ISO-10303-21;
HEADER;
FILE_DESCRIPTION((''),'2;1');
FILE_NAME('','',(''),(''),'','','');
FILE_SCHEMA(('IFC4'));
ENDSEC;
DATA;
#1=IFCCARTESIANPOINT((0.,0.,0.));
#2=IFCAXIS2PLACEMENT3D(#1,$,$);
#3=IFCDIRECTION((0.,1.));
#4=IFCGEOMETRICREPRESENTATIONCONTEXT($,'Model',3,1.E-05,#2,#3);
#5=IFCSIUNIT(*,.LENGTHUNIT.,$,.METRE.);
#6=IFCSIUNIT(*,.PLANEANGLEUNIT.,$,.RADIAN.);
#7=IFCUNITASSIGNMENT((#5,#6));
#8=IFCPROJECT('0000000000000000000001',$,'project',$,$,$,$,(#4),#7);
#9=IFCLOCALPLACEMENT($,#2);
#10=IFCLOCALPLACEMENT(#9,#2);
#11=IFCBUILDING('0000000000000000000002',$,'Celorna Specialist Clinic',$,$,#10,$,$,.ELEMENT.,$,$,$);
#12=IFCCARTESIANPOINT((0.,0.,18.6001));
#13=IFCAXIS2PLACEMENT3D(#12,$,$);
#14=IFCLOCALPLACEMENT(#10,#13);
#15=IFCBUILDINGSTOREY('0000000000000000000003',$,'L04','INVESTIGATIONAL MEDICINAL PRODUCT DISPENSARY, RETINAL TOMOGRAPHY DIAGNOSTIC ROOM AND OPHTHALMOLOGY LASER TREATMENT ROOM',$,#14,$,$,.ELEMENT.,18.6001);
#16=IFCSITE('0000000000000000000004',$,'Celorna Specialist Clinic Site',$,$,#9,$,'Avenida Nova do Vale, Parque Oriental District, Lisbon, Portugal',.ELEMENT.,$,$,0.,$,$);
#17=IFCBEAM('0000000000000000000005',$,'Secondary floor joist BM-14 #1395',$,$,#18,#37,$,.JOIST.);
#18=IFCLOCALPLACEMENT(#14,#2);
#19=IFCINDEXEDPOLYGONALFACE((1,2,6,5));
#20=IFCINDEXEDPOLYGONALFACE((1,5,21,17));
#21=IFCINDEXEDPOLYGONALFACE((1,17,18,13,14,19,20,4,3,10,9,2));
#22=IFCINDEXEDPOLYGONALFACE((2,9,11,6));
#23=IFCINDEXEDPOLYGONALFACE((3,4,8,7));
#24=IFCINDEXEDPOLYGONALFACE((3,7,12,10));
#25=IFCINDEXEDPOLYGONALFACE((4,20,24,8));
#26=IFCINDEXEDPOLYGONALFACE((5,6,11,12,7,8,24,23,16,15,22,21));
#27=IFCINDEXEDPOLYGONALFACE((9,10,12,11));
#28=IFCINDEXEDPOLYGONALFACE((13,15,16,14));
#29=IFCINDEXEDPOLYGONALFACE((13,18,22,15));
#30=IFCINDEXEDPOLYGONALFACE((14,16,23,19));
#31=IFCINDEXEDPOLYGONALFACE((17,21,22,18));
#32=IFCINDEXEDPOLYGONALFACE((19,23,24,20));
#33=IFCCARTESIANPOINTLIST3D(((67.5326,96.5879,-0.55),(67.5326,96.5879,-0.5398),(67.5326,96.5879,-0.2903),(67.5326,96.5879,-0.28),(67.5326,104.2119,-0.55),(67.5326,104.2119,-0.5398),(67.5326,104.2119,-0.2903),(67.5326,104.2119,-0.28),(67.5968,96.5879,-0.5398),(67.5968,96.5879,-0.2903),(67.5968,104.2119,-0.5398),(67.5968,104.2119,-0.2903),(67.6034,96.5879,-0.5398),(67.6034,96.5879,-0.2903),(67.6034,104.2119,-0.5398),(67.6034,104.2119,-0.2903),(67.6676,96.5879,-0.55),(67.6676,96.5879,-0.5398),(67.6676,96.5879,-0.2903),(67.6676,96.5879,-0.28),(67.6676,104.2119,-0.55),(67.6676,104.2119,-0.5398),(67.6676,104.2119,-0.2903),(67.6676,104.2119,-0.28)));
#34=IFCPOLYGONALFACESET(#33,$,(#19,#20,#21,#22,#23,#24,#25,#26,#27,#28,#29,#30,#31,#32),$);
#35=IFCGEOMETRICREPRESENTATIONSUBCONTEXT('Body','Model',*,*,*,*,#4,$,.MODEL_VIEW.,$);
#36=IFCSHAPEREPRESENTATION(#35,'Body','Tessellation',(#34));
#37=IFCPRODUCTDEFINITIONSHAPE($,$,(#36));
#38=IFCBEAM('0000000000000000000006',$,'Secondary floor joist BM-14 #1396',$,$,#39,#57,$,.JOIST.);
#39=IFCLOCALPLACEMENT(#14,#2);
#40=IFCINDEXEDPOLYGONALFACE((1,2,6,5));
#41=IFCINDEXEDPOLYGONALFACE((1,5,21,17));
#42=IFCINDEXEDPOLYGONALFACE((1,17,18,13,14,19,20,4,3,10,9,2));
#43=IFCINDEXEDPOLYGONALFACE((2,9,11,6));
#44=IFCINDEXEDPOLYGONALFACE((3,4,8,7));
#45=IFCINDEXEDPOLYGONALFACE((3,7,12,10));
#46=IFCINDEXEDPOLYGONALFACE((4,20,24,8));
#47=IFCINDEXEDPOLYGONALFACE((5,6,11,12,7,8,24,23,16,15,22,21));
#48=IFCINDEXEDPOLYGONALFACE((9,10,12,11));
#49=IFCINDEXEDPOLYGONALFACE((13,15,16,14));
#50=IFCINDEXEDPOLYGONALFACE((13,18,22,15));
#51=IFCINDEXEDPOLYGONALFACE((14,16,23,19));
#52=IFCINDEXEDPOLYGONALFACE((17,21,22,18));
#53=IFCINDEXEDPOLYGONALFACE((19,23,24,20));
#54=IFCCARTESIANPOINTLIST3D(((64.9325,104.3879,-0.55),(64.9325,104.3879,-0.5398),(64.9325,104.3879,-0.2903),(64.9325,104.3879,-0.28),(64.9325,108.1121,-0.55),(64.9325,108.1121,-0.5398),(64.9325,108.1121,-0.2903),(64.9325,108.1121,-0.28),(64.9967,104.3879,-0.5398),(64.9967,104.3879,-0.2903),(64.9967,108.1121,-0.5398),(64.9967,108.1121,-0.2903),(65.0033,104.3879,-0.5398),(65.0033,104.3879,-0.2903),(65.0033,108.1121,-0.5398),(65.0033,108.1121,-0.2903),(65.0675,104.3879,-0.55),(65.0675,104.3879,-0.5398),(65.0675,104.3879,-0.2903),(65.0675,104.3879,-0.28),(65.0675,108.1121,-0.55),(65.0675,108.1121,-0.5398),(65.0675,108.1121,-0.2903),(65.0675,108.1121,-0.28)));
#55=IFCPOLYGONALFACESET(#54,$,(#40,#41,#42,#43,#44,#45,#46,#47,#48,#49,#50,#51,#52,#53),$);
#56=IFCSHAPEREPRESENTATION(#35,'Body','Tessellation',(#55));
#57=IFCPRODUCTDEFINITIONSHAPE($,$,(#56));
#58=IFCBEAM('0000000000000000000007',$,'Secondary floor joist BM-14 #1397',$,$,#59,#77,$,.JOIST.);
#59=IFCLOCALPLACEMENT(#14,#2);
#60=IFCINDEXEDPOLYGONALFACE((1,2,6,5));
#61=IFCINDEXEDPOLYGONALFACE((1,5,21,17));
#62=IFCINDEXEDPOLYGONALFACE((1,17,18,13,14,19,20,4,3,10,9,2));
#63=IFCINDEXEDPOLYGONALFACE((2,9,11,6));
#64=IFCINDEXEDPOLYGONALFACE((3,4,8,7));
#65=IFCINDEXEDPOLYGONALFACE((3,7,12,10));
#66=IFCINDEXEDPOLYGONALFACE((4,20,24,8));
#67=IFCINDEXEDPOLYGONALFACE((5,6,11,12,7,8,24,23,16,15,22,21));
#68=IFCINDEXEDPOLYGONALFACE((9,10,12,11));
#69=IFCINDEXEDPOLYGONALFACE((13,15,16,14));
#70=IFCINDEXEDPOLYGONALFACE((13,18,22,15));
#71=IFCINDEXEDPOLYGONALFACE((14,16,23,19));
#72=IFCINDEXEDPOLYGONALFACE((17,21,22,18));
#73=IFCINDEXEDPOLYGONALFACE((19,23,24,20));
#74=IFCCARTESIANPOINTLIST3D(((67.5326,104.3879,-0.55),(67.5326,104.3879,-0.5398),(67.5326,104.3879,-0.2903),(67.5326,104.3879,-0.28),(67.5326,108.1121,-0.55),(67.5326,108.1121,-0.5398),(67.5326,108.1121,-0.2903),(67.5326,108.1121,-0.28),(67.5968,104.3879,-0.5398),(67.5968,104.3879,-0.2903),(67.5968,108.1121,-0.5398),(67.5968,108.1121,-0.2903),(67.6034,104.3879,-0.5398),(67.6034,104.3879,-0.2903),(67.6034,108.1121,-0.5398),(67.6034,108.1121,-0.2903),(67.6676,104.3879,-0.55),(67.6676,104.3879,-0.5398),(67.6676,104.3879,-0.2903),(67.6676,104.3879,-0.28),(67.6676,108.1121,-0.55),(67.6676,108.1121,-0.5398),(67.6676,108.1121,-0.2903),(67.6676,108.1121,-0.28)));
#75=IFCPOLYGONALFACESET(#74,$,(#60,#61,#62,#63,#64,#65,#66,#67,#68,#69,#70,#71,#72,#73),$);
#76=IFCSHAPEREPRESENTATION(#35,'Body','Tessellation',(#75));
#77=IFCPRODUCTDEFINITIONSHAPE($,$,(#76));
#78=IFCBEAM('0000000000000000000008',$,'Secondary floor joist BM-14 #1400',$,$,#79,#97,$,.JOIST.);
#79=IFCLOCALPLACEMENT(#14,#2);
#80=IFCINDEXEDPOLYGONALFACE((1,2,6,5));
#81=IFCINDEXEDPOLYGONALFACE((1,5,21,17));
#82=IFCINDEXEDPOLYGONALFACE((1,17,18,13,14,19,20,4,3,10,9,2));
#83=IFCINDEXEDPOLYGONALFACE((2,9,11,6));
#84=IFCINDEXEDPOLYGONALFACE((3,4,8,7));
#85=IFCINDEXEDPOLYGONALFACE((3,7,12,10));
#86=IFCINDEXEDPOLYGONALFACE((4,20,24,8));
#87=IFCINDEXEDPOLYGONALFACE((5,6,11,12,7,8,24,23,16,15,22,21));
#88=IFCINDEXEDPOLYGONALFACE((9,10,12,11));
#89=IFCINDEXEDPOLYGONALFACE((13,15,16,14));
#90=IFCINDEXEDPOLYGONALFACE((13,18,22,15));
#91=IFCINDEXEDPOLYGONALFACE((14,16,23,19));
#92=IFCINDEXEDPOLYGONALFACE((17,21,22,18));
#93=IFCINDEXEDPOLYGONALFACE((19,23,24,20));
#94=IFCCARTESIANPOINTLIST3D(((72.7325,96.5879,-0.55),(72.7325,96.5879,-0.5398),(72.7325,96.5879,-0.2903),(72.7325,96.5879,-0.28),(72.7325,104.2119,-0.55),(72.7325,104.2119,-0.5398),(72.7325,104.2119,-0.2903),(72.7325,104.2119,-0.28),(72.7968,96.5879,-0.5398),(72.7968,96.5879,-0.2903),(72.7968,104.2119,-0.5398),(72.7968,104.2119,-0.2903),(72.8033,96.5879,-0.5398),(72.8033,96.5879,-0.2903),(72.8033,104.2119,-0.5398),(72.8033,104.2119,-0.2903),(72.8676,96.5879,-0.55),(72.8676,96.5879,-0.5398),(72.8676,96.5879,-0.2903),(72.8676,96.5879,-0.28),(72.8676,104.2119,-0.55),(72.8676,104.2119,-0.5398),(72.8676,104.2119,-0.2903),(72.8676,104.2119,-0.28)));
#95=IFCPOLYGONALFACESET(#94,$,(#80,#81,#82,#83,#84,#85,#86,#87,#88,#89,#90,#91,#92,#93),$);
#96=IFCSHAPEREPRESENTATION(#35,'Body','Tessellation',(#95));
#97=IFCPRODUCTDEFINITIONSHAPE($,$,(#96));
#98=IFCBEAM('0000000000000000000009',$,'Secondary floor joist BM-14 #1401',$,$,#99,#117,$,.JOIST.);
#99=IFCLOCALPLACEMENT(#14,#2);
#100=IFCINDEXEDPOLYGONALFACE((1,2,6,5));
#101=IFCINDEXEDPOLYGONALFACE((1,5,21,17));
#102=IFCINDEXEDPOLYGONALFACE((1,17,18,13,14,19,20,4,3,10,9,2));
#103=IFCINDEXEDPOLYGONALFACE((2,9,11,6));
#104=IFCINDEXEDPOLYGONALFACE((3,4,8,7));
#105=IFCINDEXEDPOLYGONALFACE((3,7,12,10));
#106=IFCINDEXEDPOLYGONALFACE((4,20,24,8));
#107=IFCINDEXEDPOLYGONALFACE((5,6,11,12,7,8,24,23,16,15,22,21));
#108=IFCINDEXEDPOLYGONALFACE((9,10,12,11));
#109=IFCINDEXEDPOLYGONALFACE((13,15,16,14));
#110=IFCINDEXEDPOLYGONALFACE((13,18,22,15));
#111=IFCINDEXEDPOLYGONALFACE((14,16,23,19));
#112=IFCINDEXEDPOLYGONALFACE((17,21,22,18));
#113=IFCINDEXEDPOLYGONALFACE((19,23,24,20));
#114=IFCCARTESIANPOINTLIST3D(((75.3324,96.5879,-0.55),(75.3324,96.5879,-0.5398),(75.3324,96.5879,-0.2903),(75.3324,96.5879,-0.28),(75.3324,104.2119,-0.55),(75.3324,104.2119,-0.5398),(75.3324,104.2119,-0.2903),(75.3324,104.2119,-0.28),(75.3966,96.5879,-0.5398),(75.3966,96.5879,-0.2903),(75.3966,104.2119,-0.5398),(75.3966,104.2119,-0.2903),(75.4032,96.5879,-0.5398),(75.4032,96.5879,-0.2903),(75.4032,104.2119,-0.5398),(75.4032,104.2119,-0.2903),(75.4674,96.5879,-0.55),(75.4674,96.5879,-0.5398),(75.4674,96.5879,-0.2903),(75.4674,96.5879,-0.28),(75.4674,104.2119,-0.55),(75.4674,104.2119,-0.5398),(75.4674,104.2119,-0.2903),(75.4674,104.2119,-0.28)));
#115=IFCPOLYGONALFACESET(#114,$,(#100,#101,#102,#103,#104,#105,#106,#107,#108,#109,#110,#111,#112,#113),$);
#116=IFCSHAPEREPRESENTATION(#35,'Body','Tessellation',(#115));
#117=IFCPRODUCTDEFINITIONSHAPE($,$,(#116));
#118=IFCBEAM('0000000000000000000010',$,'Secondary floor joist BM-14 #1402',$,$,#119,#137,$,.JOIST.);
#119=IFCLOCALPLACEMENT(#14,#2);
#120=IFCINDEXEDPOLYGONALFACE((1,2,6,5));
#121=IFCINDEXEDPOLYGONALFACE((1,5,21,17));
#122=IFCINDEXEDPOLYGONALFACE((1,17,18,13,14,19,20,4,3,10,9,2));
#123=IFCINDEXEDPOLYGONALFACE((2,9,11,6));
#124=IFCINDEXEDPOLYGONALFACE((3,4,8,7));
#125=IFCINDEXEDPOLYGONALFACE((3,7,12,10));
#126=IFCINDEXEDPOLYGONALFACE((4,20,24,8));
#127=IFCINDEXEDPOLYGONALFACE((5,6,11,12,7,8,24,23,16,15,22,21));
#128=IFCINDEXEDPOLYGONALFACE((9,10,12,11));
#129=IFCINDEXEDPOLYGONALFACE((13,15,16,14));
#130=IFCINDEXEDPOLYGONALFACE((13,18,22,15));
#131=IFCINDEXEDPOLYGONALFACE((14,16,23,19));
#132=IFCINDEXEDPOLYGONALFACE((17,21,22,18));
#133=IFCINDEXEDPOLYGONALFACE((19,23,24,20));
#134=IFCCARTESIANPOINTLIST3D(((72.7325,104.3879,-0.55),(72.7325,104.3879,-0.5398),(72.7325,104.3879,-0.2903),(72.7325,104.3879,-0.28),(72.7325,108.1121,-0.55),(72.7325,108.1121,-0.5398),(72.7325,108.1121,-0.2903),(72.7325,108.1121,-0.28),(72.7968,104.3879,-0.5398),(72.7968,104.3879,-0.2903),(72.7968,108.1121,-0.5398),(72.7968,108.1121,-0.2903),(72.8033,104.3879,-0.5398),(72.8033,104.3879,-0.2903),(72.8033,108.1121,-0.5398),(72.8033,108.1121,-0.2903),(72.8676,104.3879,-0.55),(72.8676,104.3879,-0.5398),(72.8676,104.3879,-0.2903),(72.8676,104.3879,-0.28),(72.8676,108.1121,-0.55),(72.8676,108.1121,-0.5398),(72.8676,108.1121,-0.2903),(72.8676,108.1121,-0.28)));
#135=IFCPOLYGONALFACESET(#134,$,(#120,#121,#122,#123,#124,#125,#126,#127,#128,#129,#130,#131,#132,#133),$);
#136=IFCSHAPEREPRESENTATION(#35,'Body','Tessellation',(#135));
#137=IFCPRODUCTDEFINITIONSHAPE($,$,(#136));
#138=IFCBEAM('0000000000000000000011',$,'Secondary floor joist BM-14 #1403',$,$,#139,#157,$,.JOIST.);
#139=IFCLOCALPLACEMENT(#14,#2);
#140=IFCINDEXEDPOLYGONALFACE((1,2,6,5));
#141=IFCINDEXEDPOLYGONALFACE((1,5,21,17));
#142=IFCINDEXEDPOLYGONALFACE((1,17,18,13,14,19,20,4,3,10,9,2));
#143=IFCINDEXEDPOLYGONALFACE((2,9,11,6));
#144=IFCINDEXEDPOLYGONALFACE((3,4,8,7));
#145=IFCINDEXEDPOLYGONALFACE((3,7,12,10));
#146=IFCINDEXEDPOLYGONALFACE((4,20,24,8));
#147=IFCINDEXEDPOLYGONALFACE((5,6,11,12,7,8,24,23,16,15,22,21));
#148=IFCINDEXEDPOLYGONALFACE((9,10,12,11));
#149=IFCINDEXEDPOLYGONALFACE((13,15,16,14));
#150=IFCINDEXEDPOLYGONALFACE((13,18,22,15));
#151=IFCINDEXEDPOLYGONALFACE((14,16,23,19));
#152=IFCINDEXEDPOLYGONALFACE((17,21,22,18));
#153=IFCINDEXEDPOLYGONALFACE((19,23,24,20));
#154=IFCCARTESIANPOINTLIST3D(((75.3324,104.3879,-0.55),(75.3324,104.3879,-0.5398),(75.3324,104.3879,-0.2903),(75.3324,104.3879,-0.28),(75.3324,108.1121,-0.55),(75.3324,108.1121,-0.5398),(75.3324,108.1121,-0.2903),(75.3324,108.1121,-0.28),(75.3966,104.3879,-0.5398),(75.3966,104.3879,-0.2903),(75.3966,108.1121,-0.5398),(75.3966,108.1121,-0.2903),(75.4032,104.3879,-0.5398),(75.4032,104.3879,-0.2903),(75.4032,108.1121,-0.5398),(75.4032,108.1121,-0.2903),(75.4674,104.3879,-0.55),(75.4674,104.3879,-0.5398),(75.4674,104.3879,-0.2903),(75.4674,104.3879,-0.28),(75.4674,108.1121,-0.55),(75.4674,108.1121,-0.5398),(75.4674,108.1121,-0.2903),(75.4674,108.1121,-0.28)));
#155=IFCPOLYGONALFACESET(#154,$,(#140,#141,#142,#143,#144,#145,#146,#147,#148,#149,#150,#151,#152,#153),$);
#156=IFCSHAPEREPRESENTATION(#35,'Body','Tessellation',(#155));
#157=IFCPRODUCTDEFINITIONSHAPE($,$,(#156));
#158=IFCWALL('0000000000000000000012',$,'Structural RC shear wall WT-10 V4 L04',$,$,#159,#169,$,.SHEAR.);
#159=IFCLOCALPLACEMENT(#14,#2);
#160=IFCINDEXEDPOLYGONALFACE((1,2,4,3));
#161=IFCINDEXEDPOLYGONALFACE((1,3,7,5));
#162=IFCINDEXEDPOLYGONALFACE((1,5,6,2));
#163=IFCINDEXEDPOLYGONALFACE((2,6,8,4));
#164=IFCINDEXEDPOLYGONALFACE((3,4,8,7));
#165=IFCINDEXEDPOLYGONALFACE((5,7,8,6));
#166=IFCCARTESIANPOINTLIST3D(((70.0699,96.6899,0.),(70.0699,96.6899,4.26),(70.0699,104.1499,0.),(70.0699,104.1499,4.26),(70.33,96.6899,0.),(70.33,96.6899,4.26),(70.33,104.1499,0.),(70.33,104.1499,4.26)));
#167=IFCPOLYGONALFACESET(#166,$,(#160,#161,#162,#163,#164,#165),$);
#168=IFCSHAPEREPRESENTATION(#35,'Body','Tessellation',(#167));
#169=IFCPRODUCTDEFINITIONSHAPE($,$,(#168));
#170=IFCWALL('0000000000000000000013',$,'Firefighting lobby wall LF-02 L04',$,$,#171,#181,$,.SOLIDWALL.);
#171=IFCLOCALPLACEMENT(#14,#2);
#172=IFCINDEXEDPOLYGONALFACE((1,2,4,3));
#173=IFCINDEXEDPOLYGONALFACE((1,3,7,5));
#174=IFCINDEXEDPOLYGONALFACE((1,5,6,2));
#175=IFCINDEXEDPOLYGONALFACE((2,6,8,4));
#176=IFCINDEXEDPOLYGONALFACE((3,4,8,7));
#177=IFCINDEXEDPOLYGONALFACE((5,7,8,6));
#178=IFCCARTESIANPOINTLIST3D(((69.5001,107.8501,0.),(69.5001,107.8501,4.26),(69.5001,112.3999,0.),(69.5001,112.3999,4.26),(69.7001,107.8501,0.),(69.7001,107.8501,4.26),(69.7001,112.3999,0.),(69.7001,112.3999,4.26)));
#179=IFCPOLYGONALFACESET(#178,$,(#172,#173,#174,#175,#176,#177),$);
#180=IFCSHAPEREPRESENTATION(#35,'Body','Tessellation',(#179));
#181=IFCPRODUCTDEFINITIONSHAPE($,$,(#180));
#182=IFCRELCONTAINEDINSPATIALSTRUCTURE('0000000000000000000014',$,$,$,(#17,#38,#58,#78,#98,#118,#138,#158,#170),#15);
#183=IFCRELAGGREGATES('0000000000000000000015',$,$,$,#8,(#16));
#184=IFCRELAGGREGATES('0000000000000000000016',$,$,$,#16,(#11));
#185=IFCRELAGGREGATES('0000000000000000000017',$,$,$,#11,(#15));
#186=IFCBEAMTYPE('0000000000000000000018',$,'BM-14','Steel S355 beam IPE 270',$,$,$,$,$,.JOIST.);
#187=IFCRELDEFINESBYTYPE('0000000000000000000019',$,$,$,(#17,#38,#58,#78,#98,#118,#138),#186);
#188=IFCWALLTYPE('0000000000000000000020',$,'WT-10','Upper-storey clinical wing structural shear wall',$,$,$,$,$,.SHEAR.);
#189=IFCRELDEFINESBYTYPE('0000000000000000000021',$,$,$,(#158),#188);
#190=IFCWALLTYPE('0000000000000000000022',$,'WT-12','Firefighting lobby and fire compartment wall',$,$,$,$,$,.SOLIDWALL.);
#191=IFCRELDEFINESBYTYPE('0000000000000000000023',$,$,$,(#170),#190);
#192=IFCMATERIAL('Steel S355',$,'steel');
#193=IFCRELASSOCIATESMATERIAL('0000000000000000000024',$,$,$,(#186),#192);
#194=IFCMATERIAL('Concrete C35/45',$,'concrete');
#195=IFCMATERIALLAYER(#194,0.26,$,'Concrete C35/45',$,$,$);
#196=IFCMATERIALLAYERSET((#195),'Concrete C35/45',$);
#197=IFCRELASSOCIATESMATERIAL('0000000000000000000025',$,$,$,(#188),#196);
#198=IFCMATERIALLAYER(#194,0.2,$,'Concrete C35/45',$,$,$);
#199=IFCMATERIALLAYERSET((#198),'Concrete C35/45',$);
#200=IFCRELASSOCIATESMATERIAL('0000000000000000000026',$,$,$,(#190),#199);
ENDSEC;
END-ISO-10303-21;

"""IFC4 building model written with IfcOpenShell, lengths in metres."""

from ifc_helpers import new_model, si_unit, direction, frame, frame_2d, origin, origin_2d, place, context, subcontext, project, spatial, rectangle, i_section, extrude, material, layer, layer_set, material_profile, profile_set, type_object, element, save


model = new_model("IFC4")

# Units and contexts
model_context = context("Model", 3, precision=1e-05, world=origin(), true_north=direction((0.0, 1.0)))
body_context = subcontext(model_context, "Body", "Model", "MODEL_VIEW")
ifc_project = project(units=[si_unit("LENGTHUNIT", "METRE"), si_unit("PLANEANGLEUNIT", "RADIAN")], contexts=[model_context])

# Site, building, storey
site_placement = place(None, origin())
site = spatial("IfcSite", under=ifc_project, at=site_placement, Name="Celorna Specialist Clinic Site", LongName="Avenida Nova do Vale, Parque Oriental District, Lisbon, Portugal", CompositionType="ELEMENT", RefElevation=0.0)
building_placement = place(site_placement, origin())
building = spatial("IfcBuilding", under=site, at=building_placement, Name="Celorna Specialist Clinic", CompositionType="ELEMENT")
storey_placement = place(building_placement, frame((0.0, 0.0, 18.6001)))
storey = spatial("IfcBuildingStorey", under=building, at=storey_placement, Name="L04", Description="INVESTIGATIONAL MEDICINAL PRODUCT DISPENSARY, RETINAL TOMOGRAPHY DIAGNOSTIC ROOM AND OPHTHALMOLOGY LASER TREATMENT ROOM", CompositionType="ELEMENT", Elevation=18.6001)

# Shared definitions
ifc_material_1 = material(Name="Concrete C35/45", Category="concrete")

# Beams
ifc_material_2 = material(Name="Steel S355", Category="steel")
ifc_material_profile_1 = material_profile(ifc_material_2, i_section(OverallWidth=0.135, OverallDepth=0.27, WebThickness=0.0066, FlangeThickness=0.0103, at=origin_2d()), Name="IPE 270")
ifc_profile_set_1 = profile_set([ifc_material_profile_1], Name="Steel S355")
beam_type_1 = type_object("IfcBeamType", Name="BM-14", Description="Steel S355 beam IPE 270", PredefinedType="JOIST", material=ifc_profile_set_1)
for number, where, z_axis, x_axis, name in (
    (1, (67.6001, 96.5879, -0.415), (0.0, 1.0, 0.0), (-1.0, 0.0, 0.0), "Secondary floor joist BM-14 #1395"),
):
    element("IfcBeam", number, at=place(storey_placement, frame(where, z_axis=z_axis, x_axis=x_axis)), inside=storey, type_object=beam_type_1, Name=name, PredefinedType="JOIST", context=body_context, shape_type="SweptSolid", body=[
        extrude(i_section(OverallWidth=0.135, OverallDepth=0.27, WebThickness=0.0066, FlangeThickness=0.0103, at=origin_2d()), origin(), (0.0, 0.0, 1.0), 7.624),
    ])
for number, where, z_axis, x_axis, name in (
    (2, (65.0, 104.3879, -0.415), (0.0, 1.0, 0.0), (-1.0, 0.0, 0.0), "Secondary floor joist BM-14 #1396"),
    (3, (67.6001, 104.3879, -0.415), (0.0, 1.0, 0.0), (-1.0, 0.0, 0.0), "Secondary floor joist BM-14 #1397"),
):
    element("IfcBeam", number, at=place(storey_placement, frame(where, z_axis=z_axis, x_axis=x_axis)), inside=storey, type_object=beam_type_1, Name=name, PredefinedType="JOIST", context=body_context, shape_type="SweptSolid", body=[
        extrude(i_section(OverallWidth=0.135, OverallDepth=0.27, WebThickness=0.0066, FlangeThickness=0.0103, at=origin_2d()), origin(), (0.0, 0.0, 1.0), 3.7241),
    ])
for number, where, z_axis, x_axis, name in (
    (4, (72.8, 96.5879, -0.415), (0.0, 1.0, 0.0), (-1.0, 0.0, 0.0), "Secondary floor joist BM-14 #1400"),
    (5, (75.3999, 96.5879, -0.415), (0.0, 1.0, 0.0), (-1.0, 0.0, 0.0), "Secondary floor joist BM-14 #1401"),
):
    element("IfcBeam", number, at=place(storey_placement, frame(where, z_axis=z_axis, x_axis=x_axis)), inside=storey, type_object=beam_type_1, Name=name, PredefinedType="JOIST", context=body_context, shape_type="SweptSolid", body=[
        extrude(i_section(OverallWidth=0.135, OverallDepth=0.27, WebThickness=0.0066, FlangeThickness=0.0103, at=origin_2d()), origin(), (0.0, 0.0, 1.0), 7.624),
    ])
for number, where, z_axis, x_axis, name in (
    (6, (72.8, 104.3879, -0.415), (0.0, 1.0, 0.0), (-1.0, 0.0, 0.0), "Secondary floor joist BM-14 #1402"),
    (7, (75.3999, 104.3879, -0.415), (0.0, 1.0, 0.0), (-1.0, 0.0, 0.0), "Secondary floor joist BM-14 #1403"),
):
    element("IfcBeam", number, at=place(storey_placement, frame(where, z_axis=z_axis, x_axis=x_axis)), inside=storey, type_object=beam_type_1, Name=name, PredefinedType="JOIST", context=body_context, shape_type="SweptSolid", body=[
        extrude(i_section(OverallWidth=0.135, OverallDepth=0.27, WebThickness=0.0066, FlangeThickness=0.0103, at=origin_2d()), origin(), (0.0, 0.0, 1.0), 3.7241),
    ])

# Walls
ifc_layer_1 = layer(ifc_material_1, 0.26, Name="Concrete C35/45")
ifc_layer_set_1 = layer_set([ifc_layer_1], Name="Concrete C35/45")
wall_type_1 = type_object("IfcWallType", Name="WT-10", Description="Upper-storey clinical wing structural shear wall", PredefinedType="SHEAR", material=ifc_layer_set_1)
wall_1_placement = place(storey_placement, frame((70.2, 96.6899, 0.0), z_axis=(0.0, 0.0, 1.0), x_axis=(0.0, 1.0, 0.0)))
element("IfcWall", 8, at=wall_1_placement, inside=storey, type_object=wall_type_1, Name="Structural RC shear wall WT-10 V4 L04", PredefinedType="SHEAR", context=body_context, shape_type="SweptSolid", body=[
    extrude(rectangle(XDim=7.46, YDim=0.26, at=frame_2d((3.73, 0.0))), origin(), (0.0, 0.0, 1.0), 4.26),
])
ifc_layer_2 = layer(ifc_material_1, 0.2, Name="Concrete C35/45")
ifc_layer_set_2 = layer_set([ifc_layer_2], Name="Concrete C35/45")
wall_type_2 = type_object("IfcWallType", Name="WT-12", Description="Firefighting lobby and fire compartment wall", PredefinedType="SOLIDWALL", material=ifc_layer_set_2)
wall_2_placement = place(storey_placement, frame((69.6001, 107.8501, 0.0), z_axis=(0.0, 0.0, 1.0), x_axis=(0.0, 1.0, 0.0)))
element("IfcWall", 9, at=wall_2_placement, inside=storey, type_object=wall_type_2, Name="Firefighting lobby wall LF-02 L04", PredefinedType="SOLIDWALL", context=body_context, shape_type="SweptSolid", body=[
    extrude(rectangle(XDim=4.5498, YDim=0.2, at=frame_2d((2.2749, 0.0))), origin(), (0.0, 0.0, 1.0), 4.26),
])

save(model, "model.ifc")
